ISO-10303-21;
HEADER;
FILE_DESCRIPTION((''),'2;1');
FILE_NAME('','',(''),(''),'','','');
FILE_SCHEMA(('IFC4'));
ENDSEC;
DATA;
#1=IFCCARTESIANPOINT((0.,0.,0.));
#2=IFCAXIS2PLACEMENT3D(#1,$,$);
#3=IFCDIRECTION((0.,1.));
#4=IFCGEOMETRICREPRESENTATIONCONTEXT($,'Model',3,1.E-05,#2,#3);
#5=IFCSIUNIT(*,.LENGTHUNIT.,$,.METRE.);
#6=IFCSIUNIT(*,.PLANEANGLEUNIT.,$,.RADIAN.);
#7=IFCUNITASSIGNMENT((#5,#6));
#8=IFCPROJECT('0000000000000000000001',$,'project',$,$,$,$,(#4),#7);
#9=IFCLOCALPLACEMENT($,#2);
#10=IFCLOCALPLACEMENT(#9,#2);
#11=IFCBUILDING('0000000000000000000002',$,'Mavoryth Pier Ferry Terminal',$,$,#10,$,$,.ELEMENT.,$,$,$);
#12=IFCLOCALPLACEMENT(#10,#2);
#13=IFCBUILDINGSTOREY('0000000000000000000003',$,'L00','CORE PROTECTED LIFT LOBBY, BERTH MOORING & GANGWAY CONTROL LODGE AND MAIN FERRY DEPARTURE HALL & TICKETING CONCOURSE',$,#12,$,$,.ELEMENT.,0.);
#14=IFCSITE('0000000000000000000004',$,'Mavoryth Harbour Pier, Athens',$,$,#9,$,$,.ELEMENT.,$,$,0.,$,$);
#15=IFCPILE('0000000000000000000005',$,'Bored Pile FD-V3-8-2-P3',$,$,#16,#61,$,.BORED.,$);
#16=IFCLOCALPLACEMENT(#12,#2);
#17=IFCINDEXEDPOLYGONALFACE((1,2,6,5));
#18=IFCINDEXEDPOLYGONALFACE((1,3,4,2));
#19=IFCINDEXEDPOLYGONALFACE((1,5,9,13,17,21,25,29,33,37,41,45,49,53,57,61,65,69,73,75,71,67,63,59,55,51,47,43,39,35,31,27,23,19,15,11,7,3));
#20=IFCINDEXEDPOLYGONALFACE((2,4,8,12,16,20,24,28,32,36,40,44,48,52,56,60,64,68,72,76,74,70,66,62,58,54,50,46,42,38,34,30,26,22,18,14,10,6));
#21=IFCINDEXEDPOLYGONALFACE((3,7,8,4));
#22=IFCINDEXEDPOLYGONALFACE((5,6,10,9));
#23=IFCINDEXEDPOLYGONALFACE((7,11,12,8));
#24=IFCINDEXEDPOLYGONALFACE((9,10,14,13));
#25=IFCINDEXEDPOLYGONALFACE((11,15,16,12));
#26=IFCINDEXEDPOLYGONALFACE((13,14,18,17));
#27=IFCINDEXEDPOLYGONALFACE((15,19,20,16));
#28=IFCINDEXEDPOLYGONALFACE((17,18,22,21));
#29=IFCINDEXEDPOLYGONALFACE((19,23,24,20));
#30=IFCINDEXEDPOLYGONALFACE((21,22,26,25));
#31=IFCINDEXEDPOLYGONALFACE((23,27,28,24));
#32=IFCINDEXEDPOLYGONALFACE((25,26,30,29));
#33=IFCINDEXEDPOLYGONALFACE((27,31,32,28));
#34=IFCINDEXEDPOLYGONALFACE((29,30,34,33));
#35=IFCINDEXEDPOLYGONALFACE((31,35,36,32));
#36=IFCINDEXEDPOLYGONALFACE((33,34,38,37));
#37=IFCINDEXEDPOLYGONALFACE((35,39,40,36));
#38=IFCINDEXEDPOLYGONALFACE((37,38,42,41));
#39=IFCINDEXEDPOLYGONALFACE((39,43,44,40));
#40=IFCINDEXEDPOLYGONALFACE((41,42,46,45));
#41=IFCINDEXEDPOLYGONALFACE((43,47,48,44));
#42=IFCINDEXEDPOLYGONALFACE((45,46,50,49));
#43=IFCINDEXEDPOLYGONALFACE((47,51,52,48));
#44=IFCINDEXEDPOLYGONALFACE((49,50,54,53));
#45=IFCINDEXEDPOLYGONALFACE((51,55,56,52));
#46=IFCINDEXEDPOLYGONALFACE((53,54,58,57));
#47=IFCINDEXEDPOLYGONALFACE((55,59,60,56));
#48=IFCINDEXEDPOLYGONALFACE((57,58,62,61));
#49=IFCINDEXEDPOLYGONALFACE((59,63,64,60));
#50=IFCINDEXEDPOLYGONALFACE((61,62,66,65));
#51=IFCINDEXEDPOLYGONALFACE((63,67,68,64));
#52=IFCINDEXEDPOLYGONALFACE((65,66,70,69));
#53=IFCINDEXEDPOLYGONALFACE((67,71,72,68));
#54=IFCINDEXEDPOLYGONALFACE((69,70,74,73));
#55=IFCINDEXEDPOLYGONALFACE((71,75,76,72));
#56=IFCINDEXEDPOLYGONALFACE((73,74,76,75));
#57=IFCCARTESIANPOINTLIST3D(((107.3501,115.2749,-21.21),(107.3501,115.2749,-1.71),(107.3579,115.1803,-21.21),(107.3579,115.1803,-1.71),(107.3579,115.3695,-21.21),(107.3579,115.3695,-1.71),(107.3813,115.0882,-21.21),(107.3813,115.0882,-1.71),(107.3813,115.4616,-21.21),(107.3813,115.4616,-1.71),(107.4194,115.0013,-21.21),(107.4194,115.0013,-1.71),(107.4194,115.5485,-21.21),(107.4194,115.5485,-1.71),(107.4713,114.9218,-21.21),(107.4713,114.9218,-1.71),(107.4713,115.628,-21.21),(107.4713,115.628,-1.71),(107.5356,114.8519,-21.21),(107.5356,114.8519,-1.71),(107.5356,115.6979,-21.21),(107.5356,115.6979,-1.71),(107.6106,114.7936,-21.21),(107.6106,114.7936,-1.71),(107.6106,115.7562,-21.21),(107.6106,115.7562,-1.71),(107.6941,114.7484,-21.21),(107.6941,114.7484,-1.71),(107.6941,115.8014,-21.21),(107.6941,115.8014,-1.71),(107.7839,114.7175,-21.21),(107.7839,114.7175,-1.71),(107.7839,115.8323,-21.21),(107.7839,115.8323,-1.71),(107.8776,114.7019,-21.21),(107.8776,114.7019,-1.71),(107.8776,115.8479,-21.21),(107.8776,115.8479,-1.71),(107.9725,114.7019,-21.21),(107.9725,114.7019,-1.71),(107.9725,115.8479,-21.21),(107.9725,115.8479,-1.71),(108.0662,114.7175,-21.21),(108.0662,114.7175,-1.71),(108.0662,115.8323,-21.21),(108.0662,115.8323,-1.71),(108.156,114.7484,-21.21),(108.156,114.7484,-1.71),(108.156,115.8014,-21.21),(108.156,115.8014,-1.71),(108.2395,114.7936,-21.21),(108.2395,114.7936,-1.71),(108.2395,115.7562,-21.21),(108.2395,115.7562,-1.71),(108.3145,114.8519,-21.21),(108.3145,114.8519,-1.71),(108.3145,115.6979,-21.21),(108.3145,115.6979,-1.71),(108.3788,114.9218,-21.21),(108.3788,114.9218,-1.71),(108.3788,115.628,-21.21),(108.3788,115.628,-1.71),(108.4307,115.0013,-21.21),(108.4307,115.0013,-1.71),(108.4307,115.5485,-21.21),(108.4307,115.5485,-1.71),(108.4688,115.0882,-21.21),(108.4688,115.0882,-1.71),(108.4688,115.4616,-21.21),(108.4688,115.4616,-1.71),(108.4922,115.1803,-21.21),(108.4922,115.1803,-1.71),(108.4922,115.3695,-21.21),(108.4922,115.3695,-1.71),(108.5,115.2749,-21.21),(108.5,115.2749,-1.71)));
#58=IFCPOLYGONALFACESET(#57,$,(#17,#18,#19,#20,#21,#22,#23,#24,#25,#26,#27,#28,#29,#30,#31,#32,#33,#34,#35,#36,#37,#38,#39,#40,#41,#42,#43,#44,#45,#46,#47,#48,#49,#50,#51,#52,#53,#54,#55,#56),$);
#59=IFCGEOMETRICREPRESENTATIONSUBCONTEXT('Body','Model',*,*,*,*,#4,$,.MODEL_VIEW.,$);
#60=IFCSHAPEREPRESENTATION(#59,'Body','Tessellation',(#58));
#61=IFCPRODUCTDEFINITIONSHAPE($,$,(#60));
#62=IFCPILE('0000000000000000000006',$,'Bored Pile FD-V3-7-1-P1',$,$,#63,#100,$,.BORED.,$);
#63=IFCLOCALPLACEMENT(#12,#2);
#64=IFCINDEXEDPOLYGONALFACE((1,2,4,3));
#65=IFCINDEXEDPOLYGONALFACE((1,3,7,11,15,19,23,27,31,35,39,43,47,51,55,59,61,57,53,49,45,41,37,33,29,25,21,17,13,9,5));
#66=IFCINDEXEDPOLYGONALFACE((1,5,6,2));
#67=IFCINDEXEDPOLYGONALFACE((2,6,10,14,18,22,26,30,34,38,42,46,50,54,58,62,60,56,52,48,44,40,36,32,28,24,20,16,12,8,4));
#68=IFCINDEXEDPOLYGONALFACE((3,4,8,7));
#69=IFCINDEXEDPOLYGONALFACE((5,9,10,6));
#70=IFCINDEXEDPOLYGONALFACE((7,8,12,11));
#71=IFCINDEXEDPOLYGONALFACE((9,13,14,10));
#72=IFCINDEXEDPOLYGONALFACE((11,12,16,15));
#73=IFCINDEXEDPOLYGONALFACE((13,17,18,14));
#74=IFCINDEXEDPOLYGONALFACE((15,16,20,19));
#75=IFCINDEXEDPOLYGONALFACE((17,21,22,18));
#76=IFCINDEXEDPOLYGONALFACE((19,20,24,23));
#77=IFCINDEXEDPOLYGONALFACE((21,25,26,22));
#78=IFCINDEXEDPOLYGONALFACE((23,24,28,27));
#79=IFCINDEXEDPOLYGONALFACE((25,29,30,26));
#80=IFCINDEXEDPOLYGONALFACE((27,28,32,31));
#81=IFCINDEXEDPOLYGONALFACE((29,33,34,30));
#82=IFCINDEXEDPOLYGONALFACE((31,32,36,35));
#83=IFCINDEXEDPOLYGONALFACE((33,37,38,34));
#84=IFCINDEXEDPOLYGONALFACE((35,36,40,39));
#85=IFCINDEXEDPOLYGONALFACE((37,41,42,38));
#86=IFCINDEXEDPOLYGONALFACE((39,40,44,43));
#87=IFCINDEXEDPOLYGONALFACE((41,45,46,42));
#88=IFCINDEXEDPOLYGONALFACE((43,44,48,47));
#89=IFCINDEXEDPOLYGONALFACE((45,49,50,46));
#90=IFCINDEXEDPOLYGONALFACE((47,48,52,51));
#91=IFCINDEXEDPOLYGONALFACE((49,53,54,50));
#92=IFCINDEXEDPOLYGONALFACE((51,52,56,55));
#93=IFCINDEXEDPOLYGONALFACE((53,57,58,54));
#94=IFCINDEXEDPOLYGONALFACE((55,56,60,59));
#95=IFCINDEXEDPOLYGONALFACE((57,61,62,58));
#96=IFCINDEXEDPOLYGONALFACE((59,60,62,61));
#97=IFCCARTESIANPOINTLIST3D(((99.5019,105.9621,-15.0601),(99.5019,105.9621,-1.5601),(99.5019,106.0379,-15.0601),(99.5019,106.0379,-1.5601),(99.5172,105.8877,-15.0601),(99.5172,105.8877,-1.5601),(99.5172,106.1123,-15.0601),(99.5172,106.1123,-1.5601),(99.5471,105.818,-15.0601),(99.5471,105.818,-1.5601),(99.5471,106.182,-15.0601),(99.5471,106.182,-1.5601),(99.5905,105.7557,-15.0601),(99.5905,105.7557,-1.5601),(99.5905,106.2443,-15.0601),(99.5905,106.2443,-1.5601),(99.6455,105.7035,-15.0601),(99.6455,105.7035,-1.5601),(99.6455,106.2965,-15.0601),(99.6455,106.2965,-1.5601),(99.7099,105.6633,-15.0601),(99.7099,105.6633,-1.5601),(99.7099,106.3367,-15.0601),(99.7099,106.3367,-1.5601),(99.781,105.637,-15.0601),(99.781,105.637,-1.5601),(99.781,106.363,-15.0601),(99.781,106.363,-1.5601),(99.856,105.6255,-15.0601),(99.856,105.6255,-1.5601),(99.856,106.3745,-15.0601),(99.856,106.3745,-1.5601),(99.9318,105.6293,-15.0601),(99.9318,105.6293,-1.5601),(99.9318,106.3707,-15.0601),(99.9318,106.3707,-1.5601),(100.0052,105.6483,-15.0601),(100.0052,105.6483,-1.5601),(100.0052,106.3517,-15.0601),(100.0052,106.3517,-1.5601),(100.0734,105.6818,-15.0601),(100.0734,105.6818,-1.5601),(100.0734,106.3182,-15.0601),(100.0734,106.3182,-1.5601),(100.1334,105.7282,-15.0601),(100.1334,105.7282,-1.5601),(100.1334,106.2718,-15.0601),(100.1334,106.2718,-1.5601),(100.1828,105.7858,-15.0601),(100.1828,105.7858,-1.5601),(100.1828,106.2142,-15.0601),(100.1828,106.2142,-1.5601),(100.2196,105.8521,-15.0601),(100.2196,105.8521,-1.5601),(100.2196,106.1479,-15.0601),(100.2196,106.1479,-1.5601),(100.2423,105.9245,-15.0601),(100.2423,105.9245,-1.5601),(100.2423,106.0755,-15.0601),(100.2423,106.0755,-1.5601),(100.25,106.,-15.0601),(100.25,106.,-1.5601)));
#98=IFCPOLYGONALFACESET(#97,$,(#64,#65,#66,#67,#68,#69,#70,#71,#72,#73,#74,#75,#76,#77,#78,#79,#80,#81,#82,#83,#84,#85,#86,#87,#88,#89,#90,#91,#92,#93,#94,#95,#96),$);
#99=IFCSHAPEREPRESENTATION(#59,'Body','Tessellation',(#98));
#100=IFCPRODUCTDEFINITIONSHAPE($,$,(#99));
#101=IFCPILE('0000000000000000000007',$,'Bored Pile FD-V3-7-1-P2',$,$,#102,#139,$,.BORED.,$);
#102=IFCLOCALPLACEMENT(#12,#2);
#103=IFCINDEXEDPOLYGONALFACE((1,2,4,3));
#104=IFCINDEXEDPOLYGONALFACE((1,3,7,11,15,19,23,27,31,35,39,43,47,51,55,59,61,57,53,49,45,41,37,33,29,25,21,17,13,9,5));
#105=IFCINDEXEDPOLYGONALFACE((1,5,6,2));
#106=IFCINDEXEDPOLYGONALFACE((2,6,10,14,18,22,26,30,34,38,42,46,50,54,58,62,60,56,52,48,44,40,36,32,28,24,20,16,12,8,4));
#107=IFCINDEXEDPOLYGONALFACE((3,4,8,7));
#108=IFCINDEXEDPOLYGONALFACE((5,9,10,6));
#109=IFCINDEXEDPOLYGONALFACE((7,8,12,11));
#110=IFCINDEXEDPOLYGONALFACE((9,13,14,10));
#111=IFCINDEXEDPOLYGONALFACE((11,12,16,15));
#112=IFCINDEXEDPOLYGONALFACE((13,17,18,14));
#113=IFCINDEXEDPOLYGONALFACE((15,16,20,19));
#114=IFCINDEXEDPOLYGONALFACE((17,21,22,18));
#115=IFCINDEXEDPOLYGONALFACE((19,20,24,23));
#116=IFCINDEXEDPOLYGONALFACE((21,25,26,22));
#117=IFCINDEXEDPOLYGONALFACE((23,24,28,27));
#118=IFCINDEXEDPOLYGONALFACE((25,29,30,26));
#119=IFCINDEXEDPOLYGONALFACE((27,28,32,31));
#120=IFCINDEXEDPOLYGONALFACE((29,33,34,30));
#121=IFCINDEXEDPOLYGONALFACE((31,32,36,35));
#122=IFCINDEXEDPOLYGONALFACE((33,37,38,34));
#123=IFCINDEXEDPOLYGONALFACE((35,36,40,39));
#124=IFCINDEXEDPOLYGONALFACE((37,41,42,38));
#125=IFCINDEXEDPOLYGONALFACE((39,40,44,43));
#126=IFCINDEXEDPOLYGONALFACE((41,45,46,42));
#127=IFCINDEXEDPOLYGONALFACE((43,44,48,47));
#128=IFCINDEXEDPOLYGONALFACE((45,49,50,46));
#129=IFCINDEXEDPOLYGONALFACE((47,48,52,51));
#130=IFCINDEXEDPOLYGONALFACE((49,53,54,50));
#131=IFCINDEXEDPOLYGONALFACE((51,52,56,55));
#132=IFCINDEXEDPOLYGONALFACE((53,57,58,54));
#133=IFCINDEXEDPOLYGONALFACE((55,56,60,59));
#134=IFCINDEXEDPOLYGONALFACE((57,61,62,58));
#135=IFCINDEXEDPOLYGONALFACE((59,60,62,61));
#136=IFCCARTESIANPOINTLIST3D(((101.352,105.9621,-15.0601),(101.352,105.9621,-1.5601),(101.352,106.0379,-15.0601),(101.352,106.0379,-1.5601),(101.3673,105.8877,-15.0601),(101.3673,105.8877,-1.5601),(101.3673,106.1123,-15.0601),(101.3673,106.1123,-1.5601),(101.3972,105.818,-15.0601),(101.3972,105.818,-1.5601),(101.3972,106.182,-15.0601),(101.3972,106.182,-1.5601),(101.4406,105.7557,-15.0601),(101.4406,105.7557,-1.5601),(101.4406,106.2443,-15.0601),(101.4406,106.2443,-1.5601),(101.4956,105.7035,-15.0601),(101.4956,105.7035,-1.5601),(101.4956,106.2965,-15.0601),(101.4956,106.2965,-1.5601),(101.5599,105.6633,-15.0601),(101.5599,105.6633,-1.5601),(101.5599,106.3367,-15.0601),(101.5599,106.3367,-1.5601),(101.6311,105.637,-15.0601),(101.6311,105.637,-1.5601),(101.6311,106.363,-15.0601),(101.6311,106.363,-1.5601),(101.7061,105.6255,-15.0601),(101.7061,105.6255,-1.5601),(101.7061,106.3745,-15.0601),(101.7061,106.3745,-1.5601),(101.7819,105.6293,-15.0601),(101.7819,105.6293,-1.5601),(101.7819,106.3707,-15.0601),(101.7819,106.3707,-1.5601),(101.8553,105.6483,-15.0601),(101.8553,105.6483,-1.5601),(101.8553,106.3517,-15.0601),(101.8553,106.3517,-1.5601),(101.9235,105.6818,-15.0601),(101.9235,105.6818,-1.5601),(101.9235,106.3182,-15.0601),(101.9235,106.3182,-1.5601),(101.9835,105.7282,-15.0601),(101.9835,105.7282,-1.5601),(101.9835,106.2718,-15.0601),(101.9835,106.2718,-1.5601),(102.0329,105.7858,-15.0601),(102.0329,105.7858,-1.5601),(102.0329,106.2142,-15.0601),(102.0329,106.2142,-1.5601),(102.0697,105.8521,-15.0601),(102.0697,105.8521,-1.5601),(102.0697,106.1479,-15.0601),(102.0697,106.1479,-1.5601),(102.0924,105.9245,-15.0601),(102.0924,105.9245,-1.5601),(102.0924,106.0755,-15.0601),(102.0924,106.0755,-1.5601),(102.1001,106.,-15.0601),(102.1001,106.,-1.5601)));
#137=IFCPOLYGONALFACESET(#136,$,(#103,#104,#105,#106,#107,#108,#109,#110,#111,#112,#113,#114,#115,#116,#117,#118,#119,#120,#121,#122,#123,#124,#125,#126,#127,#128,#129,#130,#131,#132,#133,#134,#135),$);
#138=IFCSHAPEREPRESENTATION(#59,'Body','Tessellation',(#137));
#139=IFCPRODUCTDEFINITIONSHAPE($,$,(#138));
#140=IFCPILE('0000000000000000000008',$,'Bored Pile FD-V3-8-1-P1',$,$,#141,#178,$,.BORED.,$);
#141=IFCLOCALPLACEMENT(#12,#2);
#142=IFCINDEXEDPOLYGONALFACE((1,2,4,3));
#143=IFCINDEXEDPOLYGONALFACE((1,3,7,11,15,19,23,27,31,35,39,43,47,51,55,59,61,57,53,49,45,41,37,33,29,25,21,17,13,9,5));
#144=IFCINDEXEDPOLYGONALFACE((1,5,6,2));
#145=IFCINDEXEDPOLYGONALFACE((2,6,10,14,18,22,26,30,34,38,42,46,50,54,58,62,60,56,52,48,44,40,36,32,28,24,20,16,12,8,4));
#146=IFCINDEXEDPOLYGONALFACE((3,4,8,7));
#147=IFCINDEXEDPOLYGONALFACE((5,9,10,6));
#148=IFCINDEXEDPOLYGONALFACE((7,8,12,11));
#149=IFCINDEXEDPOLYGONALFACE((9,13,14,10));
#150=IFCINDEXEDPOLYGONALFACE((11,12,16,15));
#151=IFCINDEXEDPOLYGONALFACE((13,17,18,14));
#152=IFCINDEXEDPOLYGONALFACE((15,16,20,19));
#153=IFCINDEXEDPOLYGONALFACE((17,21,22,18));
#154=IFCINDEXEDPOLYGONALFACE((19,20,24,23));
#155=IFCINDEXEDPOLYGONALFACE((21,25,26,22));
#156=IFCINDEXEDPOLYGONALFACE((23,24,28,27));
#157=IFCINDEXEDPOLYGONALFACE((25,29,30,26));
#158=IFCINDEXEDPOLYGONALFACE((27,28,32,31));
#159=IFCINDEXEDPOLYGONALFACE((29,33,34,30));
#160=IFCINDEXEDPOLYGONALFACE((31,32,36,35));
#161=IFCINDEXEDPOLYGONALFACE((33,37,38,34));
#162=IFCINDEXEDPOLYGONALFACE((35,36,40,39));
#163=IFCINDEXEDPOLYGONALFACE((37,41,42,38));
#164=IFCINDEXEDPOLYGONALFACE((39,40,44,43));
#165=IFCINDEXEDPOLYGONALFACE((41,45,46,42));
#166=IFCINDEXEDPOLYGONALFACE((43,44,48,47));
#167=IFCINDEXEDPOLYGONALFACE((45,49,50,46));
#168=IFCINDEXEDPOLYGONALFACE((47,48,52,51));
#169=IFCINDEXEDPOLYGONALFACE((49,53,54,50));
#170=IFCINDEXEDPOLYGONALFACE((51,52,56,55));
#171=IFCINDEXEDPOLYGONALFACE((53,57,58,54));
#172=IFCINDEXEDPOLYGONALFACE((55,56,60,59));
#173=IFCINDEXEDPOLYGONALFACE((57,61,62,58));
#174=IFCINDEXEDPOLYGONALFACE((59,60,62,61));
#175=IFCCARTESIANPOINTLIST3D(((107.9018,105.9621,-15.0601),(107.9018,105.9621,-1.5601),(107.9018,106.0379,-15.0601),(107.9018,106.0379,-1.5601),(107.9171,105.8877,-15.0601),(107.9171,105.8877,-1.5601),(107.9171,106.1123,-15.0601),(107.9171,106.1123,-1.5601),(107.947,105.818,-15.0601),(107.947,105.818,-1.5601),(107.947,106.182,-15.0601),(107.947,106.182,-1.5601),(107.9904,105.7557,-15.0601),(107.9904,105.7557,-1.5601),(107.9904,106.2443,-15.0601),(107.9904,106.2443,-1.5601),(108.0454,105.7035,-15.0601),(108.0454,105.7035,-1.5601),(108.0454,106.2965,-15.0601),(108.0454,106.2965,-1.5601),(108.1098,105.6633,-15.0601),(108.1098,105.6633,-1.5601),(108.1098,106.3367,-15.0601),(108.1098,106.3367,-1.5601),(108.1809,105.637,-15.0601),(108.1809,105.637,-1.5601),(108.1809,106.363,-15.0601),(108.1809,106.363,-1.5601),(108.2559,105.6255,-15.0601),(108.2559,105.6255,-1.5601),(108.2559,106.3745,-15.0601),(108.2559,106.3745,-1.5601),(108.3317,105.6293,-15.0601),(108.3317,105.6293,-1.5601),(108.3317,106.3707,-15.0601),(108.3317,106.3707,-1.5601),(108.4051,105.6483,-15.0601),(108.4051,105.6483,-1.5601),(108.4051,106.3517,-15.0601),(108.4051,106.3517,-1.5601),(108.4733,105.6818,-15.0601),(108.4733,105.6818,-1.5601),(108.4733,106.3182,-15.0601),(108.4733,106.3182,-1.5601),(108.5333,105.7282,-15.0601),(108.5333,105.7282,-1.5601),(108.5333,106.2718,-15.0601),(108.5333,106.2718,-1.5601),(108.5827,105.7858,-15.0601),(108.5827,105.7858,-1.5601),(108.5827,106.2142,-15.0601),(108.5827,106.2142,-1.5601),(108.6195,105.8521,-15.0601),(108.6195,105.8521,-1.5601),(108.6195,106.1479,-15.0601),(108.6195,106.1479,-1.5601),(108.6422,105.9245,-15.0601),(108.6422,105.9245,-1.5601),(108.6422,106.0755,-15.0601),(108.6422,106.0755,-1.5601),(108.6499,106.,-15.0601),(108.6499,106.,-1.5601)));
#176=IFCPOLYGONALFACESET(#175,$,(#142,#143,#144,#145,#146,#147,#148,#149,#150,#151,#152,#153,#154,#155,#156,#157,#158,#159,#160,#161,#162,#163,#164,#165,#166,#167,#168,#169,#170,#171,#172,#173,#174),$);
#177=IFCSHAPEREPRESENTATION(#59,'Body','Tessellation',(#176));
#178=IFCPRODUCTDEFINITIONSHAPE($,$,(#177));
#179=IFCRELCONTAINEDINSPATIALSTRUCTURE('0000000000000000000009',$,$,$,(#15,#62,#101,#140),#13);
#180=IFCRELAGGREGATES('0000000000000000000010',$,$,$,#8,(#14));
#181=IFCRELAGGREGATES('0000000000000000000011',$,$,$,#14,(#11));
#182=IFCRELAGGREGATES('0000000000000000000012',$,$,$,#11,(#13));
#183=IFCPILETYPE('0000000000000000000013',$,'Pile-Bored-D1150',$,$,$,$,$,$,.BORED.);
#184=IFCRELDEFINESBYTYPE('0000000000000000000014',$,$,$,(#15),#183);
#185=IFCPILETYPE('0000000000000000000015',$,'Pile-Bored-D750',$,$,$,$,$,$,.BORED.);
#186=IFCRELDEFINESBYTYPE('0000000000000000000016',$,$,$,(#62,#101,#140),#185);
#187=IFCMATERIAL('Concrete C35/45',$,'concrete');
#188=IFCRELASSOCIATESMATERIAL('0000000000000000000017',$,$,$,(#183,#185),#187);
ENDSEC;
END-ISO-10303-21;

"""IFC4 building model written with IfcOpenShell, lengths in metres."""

from ifc_helpers import new_model, si_unit, direction, frame, origin, origin_2d, place, context, subcontext, project, spatial, circle, extrude, material, material_profile, profile_set, type_object, element, save


model = new_model("IFC4")

# Units and contexts
model_context = context("Model", 3, precision=1e-05, world=origin(), true_north=direction((0.0, 1.0)))
body_context = subcontext(model_context, "Body", "Model", "MODEL_VIEW")
ifc_project = project(units=[si_unit("LENGTHUNIT", "METRE"), si_unit("PLANEANGLEUNIT", "RADIAN")], contexts=[model_context])

# Site, building, storey
site_placement = place(None, origin())
site = spatial("IfcSite", under=ifc_project, at=site_placement, Name="Mavoryth Harbour Pier, Athens", CompositionType="ELEMENT", RefElevation=0.0)
building_placement = place(site_placement, origin())
building = spatial("IfcBuilding", under=site, at=building_placement, Name="Mavoryth Pier Ferry Terminal", CompositionType="ELEMENT")
storey_placement = place(building_placement, origin())
storey = spatial("IfcBuildingStorey", under=building, at=storey_placement, Name="L00", Description="CORE PROTECTED LIFT LOBBY, BERTH MOORING & GANGWAY CONTROL LODGE AND MAIN FERRY DEPARTURE HALL & TICKETING CONCOURSE", CompositionType="ELEMENT", Elevation=0.0)

# Shared definitions
ifc_material_1 = material(Name="Concrete C35/45", Category="concrete")

# Piles
ifc_material_profile_1 = material_profile(ifc_material_1, circle(Radius=0.575, at=origin_2d()), Name="PILE D1150", Category="concrete")
ifc_profile_set_1 = profile_set([ifc_material_profile_1], Name="Concrete C35/45 - PILE D1150")
pile_type_1 = type_object("IfcPileType", Name="Pile-Bored-D1150", PredefinedType="BORED", material=ifc_profile_set_1)
for number, where, z_axis, x_axis, name in (
    (1, (107.925, 115.2749, -1.71), (0.0, 0.0, -1.0), (1.0, 0.0, 0.0), "Bored Pile FD-V3-8-2-P3"),
):
    element("IfcPile", number, at=place(storey_placement, frame(where, z_axis=z_axis, x_axis=x_axis)), inside=storey, type_object=pile_type_1, Name=name, PredefinedType="BORED", context=body_context, shape_type="SweptSolid", body=[
        extrude(circle(Radius=0.575, at=origin_2d()), origin(), (0.0, 0.0, 1.0), 19.5),
    ])
ifc_material_profile_2 = material_profile(ifc_material_1, circle(Radius=0.375, at=origin_2d()), Name="PILE D750", Category="concrete")
ifc_profile_set_2 = profile_set([ifc_material_profile_2], Name="Concrete C35/45 - PILE D750")
pile_type_2 = type_object("IfcPileType", Name="Pile-Bored-D750", PredefinedType="BORED", material=ifc_profile_set_2)
for number, where, z_axis, x_axis, name in (
    (2, (99.875, 106.0, -1.5601), (0.0, 0.0, -1.0), (1.0, 0.0, 0.0), "Bored Pile FD-V3-7-1-P1"),
    (3, (101.7251, 106.0, -1.5601), (0.0, 0.0, -1.0), (1.0, 0.0, 0.0), "Bored Pile FD-V3-7-1-P2"),
    (4, (108.2749, 106.0, -1.5601), (0.0, 0.0, -1.0), (1.0, 0.0, 0.0), "Bored Pile FD-V3-8-1-P1"),
):
    element("IfcPile", number, at=place(storey_placement, frame(where, z_axis=z_axis, x_axis=x_axis)), inside=storey, type_object=pile_type_2, Name=name, PredefinedType="BORED", context=body_context, shape_type="SweptSolid", body=[
        extrude(circle(Radius=0.375, at=origin_2d()), origin(), (0.0, 0.0, 1.0), 13.5),
    ])

save(model, "model.ifc")
